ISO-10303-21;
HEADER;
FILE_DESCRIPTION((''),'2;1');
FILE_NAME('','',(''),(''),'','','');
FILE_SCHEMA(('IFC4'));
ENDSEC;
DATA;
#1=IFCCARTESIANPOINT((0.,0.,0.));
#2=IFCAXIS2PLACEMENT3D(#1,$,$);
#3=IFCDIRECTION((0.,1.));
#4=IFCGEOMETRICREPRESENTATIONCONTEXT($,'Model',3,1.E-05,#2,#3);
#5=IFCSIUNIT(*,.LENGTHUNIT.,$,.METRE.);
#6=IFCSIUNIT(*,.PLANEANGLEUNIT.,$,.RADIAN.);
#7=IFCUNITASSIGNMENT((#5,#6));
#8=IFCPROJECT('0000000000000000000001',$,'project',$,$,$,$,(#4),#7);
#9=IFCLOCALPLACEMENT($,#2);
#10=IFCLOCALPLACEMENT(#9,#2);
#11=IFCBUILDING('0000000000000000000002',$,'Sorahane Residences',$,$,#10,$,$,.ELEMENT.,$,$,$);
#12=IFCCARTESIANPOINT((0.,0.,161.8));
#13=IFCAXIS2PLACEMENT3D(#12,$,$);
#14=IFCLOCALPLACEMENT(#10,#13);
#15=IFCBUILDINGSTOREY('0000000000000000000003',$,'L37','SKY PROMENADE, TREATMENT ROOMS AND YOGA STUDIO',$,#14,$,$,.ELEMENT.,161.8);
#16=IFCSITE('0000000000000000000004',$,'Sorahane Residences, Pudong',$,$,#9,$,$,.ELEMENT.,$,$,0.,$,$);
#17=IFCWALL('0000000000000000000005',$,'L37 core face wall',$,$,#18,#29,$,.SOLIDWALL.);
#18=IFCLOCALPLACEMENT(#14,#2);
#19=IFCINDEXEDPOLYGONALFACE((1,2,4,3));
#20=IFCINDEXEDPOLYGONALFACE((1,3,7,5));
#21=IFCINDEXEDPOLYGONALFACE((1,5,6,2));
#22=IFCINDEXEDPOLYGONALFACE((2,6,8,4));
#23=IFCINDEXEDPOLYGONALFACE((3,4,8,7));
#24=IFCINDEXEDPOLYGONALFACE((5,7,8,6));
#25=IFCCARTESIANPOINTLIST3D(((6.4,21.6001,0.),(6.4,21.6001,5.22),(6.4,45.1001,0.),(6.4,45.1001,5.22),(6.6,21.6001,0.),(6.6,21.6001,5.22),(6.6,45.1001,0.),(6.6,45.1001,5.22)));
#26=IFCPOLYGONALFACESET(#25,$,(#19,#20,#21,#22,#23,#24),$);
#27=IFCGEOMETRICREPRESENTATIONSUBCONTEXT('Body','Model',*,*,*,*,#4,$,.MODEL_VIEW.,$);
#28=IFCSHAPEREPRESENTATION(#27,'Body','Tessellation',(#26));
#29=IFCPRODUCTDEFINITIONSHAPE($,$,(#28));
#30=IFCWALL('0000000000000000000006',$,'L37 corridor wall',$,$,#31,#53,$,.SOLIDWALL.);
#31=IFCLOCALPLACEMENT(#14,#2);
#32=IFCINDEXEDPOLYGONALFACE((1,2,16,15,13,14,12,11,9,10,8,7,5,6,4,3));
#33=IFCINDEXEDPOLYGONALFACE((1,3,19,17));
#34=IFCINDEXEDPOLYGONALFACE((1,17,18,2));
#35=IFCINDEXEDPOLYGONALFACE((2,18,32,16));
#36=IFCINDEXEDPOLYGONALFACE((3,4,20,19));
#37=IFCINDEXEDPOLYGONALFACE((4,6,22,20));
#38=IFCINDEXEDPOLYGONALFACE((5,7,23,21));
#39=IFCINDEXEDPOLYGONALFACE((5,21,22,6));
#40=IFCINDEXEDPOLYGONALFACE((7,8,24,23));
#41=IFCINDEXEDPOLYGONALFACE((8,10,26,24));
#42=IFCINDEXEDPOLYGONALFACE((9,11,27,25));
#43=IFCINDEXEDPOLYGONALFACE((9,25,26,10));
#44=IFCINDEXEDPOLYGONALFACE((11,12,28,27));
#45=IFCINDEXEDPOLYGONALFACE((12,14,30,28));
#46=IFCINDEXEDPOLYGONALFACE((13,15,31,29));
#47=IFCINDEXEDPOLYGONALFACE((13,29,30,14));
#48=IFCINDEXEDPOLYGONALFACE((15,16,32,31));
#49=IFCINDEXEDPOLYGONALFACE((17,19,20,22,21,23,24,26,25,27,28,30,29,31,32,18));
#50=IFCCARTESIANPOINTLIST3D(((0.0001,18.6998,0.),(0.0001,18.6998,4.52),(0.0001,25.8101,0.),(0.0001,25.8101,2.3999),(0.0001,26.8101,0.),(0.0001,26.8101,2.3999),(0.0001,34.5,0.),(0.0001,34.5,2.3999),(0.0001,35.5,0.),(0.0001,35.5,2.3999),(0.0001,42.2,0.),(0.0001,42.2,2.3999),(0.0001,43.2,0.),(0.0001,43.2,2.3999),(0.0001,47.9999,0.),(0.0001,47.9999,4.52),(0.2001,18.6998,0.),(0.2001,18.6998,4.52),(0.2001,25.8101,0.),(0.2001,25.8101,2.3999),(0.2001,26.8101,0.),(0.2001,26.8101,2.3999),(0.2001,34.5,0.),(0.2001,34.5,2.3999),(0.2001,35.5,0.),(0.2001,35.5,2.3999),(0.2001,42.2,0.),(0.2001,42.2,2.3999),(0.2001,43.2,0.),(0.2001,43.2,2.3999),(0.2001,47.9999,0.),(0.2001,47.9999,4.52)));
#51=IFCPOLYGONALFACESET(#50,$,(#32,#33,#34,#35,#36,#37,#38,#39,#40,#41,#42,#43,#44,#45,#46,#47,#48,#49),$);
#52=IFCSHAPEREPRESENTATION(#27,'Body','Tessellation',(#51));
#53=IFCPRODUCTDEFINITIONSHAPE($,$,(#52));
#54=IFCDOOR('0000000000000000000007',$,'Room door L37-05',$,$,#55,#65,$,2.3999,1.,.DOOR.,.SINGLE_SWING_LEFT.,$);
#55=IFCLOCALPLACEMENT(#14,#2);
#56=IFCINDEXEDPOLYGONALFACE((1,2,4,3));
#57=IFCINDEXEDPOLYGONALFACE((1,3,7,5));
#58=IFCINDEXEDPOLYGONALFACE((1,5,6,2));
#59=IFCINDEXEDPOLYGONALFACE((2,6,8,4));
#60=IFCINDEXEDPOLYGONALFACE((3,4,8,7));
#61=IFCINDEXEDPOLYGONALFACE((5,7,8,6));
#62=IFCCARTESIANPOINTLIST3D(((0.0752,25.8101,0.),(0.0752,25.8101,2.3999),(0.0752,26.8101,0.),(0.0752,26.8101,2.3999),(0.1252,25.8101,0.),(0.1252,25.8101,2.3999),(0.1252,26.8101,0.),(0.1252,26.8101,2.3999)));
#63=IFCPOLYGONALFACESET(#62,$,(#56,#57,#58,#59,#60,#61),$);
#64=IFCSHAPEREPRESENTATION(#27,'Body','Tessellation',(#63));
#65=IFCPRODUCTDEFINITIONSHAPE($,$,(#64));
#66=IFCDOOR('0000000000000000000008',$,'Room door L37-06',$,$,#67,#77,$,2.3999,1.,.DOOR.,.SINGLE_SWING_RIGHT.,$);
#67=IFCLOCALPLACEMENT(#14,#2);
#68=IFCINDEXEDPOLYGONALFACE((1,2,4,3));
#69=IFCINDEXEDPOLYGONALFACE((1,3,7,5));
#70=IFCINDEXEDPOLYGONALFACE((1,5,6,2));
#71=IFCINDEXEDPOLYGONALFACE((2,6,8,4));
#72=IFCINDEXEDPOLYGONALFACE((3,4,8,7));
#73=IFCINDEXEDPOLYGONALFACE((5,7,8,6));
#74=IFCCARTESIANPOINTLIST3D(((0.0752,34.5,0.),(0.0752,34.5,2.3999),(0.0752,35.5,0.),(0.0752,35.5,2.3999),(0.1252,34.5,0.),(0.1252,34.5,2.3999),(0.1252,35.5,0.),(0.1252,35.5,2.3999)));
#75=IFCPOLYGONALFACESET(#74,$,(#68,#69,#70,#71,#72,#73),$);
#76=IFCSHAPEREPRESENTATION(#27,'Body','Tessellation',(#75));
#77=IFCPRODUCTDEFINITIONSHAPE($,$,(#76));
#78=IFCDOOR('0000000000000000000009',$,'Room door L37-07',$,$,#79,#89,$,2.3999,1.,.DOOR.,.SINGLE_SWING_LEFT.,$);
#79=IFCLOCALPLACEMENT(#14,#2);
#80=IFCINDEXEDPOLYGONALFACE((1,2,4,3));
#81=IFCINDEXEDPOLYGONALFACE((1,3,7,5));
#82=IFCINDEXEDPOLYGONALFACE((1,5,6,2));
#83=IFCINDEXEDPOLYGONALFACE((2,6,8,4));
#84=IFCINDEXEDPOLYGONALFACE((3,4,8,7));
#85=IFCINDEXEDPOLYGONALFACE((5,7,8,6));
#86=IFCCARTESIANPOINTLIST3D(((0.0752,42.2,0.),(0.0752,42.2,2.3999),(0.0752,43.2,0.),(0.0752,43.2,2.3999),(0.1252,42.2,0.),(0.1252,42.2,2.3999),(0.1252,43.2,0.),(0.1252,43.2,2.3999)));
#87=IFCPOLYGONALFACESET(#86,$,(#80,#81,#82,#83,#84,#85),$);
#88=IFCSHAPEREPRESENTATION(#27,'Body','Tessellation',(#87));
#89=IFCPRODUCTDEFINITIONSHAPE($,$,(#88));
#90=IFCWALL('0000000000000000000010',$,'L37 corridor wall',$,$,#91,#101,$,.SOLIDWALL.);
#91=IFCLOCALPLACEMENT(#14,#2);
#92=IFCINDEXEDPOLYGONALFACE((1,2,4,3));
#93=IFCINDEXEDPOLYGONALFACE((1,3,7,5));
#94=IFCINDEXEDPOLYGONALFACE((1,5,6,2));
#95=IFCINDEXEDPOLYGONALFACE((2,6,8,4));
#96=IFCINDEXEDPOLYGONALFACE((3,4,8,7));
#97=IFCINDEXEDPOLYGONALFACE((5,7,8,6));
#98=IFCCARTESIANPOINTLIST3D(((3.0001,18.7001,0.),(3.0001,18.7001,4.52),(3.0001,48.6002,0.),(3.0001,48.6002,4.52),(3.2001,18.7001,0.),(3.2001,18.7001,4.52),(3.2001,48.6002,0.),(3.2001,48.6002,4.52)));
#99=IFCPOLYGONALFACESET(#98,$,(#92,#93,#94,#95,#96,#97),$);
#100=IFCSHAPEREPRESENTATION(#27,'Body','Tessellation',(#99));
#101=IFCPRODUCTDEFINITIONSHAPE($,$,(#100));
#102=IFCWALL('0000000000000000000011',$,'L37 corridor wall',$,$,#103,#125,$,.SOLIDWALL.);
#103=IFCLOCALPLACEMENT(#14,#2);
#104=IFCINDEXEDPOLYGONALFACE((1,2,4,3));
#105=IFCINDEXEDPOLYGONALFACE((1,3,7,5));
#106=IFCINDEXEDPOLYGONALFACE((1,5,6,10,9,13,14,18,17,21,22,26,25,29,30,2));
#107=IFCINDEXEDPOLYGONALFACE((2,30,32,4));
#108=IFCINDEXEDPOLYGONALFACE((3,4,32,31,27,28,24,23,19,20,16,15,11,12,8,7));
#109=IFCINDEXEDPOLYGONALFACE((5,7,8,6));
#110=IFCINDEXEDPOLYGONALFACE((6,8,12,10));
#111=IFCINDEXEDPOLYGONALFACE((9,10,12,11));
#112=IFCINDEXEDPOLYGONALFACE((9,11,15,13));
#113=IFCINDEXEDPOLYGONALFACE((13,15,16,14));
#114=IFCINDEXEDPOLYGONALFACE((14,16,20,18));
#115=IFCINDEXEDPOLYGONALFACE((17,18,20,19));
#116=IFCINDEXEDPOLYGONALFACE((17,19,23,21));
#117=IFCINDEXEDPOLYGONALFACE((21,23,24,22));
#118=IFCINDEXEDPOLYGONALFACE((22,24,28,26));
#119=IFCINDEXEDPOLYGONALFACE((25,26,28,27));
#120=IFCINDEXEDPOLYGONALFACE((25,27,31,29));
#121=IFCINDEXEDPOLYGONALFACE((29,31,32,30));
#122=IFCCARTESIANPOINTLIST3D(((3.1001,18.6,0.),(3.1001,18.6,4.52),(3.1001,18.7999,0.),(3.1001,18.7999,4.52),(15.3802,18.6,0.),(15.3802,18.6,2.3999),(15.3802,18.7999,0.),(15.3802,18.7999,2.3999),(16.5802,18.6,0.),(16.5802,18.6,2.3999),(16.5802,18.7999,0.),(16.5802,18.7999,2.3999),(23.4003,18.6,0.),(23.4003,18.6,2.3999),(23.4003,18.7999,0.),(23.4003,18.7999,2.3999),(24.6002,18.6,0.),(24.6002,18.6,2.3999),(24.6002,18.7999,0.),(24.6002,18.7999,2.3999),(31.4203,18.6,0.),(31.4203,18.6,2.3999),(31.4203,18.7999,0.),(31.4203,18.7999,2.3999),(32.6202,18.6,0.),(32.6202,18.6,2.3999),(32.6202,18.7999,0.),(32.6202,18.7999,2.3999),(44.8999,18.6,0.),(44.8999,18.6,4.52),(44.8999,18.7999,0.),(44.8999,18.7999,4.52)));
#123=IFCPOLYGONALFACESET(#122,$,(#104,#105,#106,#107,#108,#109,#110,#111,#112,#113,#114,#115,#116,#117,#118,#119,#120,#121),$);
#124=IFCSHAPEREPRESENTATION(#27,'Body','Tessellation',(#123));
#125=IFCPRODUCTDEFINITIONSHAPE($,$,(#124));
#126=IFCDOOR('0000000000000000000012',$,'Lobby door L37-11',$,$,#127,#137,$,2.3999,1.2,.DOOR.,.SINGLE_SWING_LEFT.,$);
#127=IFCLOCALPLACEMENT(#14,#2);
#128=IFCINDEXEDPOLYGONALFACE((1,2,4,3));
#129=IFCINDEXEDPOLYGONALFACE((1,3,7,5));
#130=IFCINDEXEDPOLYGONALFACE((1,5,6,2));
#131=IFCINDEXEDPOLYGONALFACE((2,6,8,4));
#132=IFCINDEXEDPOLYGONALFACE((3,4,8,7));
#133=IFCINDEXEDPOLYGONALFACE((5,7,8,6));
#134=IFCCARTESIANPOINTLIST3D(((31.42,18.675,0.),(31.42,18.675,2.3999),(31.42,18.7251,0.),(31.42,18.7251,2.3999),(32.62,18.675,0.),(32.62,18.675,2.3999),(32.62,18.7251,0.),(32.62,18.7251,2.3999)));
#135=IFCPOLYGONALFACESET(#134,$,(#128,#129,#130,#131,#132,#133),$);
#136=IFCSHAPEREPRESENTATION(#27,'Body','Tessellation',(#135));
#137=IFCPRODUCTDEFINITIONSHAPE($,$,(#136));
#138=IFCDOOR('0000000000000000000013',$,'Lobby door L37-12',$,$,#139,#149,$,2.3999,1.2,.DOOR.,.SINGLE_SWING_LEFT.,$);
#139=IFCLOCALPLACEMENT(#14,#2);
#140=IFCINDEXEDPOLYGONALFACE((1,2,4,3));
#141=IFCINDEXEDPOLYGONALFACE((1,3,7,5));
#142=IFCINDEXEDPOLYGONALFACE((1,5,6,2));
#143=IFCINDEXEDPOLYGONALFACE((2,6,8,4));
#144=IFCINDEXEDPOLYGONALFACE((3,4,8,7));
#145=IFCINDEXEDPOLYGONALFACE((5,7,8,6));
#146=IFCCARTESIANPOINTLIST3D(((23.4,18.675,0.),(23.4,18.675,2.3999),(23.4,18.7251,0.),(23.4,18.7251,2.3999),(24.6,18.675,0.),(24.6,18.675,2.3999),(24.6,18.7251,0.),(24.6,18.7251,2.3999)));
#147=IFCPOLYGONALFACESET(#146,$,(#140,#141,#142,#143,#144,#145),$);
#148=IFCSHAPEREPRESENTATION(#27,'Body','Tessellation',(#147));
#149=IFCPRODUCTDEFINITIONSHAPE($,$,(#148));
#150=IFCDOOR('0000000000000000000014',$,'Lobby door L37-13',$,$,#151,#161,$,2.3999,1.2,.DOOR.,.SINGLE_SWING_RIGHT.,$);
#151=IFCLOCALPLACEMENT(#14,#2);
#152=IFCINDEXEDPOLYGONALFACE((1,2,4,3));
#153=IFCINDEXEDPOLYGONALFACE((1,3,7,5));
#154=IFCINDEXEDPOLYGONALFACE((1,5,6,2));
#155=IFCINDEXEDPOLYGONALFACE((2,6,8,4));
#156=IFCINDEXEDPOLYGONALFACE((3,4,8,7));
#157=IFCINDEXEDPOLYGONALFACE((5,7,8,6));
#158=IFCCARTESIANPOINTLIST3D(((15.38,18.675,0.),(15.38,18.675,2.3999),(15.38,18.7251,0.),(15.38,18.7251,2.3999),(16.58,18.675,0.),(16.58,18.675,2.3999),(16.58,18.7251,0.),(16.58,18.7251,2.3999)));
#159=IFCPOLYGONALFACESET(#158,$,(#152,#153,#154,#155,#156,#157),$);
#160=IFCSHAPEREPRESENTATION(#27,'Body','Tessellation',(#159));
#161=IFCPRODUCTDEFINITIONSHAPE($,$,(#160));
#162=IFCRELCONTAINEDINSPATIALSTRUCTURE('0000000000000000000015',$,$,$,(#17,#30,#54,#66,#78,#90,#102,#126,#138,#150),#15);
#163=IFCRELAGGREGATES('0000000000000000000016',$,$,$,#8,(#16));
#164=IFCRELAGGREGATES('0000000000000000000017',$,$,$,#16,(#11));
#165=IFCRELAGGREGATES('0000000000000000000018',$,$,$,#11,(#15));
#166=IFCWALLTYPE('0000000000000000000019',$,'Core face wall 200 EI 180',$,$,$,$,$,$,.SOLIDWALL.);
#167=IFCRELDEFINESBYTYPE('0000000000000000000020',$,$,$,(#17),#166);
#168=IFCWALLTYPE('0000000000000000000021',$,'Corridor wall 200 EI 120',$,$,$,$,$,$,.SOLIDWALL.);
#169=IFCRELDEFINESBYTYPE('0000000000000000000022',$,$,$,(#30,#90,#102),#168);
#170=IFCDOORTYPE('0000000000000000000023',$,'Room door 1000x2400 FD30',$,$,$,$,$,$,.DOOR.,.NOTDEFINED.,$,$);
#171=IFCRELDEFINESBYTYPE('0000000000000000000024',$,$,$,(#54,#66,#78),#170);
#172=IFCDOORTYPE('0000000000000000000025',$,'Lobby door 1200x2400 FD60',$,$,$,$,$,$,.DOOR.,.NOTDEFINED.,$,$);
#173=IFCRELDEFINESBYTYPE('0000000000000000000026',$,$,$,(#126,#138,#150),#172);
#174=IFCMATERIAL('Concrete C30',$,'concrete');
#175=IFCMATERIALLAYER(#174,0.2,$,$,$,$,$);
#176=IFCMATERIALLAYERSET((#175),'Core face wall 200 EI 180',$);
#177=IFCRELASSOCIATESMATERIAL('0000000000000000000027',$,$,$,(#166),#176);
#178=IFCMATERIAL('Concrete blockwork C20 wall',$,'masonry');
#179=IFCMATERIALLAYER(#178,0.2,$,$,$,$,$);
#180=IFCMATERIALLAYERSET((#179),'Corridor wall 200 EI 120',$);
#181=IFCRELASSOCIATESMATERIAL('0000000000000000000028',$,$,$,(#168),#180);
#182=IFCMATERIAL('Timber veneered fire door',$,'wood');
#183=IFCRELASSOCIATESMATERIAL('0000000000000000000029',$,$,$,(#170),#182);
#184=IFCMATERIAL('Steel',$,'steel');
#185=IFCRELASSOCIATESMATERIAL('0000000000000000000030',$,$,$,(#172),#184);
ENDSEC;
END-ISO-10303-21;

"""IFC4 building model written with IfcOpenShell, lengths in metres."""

from ifc_helpers import new_model, si_unit, direction, frame, frame_2d, origin, place, context, subcontext, project, spatial, rectangle, extrude, material, layer, layer_set, type_object, element, fill, save


model = new_model("IFC4")

# Units and contexts
model_context = context("Model", 3, precision=1e-05, world=origin(), true_north=direction((0.0, 1.0)))
body_context = subcontext(model_context, "Body", "Model", "MODEL_VIEW")
ifc_project = project(units=[si_unit("LENGTHUNIT", "METRE"), si_unit("PLANEANGLEUNIT", "RADIAN")], contexts=[model_context])

# Site, building, storey
site_placement = place(None, origin())
site = spatial("IfcSite", under=ifc_project, at=site_placement, Name="Sorahane Residences, Pudong", CompositionType="ELEMENT", RefElevation=0.0)
building_placement = place(site_placement, origin())
building = spatial("IfcBuilding", under=site, at=building_placement, Name="Sorahane Residences", CompositionType="ELEMENT")
storey_placement = place(building_placement, frame((0.0, 0.0, 161.8)))
storey = spatial("IfcBuildingStorey", under=building, at=storey_placement, Name="L37", Description="SKY PROMENADE, TREATMENT ROOMS AND YOGA STUDIO", CompositionType="ELEMENT", Elevation=161.8)

# Wall
ifc_material_1 = material(Name="Concrete C30", Category="concrete")
ifc_layer_1 = layer(ifc_material_1, 0.2)
ifc_layer_set_1 = layer_set([ifc_layer_1], Name="Core face wall 200 EI 180")
wall_type_1 = type_object("IfcWallType", Name="Core face wall 200 EI 180", PredefinedType="SOLIDWALL", material=ifc_layer_set_1)
wall_1_placement = place(storey_placement, frame((6.5, 21.6001, 0.0), z_axis=(0.0, 0.0, 1.0), x_axis=(0.0, 1.0, 0.0)))
element("IfcWall", 1, at=wall_1_placement, inside=storey, type_object=wall_type_1, Name="L37 core face wall", PredefinedType="SOLIDWALL", context=body_context, shape_type="SweptSolid", body=[
    extrude(rectangle(XDim=23.5, YDim=0.2, at=frame_2d((11.75, 0.0))), origin(), (0.0, 0.0, 1.0), 5.22),
])

# Wall, openings, doors
ifc_material_2 = material(Name="Concrete blockwork C20 wall", Category="masonry")
ifc_layer_2 = layer(ifc_material_2, 0.2)
ifc_layer_set_2 = layer_set([ifc_layer_2], Name="Corridor wall 200 EI 120")
wall_type_2 = type_object("IfcWallType", Name="Corridor wall 200 EI 120", PredefinedType="SOLIDWALL", material=ifc_layer_set_2)
wall_2_placement = place(storey_placement, frame((0.1001, 18.7, 0.0), z_axis=(0.0, 0.0, 1.0), x_axis=(0.0, 1.0, 0.0)))
wall_2 = element("IfcWall", 2, at=wall_2_placement, inside=storey, type_object=wall_type_2, Name="L37 corridor wall", PredefinedType="SOLIDWALL", context=body_context, shape_type="SweptSolid", body=[
    extrude(rectangle(XDim=29.3, YDim=0.2, at=frame_2d((14.6499, 0.0))), origin(), (0.0, 0.0, 1.0), 4.52),
])
opening_1_placement = place(wall_2_placement, frame((7.1101, 0.0, 0.0)))
opening_1 = element("IfcOpeningElement", 3, at=opening_1_placement, cuts=wall_2, PredefinedType="OPENING", context=body_context, shape_type="SweptSolid", body=[
    extrude(rectangle(XDim=1.0, YDim=2.3999, at=frame_2d((0.5, 1.2))), frame((0.0, 0.1099, 0.0), z_axis=(0.0, -1.0, 0.0), x_axis=(1.0, 0.0, 0.0)), (0.0, 0.0, 1.0), 0.22),
])
opening_2_placement = place(wall_2_placement, frame((15.8, 0.0, 0.0)))
opening_2 = element("IfcOpeningElement", 4, at=opening_2_placement, cuts=wall_2, PredefinedType="OPENING", context=body_context, shape_type="SweptSolid", body=[
    extrude(rectangle(XDim=1.0, YDim=2.3999, at=frame_2d((0.5, 1.2))), frame((0.0, 0.1099, 0.0), z_axis=(0.0, -1.0, 0.0), x_axis=(1.0, 0.0, 0.0)), (0.0, 0.0, 1.0), 0.22),
])
opening_3_placement = place(wall_2_placement, frame((23.5, 0.0, 0.0)))
opening_3 = element("IfcOpeningElement", 5, at=opening_3_placement, cuts=wall_2, PredefinedType="OPENING", context=body_context, shape_type="SweptSolid", body=[
    extrude(rectangle(XDim=1.0, YDim=2.3999, at=frame_2d((0.5, 1.2))), frame((0.0, 0.1099, 0.0), z_axis=(0.0, -1.0, 0.0), x_axis=(1.0, 0.0, 0.0)), (0.0, 0.0, 1.0), 0.22),
])
ifc_material_3 = material(Name="Timber veneered fire door", Category="wood")
door_type_1 = type_object("IfcDoorType", Name="Room door 1000x2400 FD30", OperationType="NOTDEFINED", PredefinedType="DOOR", material=ifc_material_3)
door_1_placement = place(opening_1_placement, origin())
door_1 = element("IfcDoor", 6, at=door_1_placement, inside=storey, type_object=door_type_1, Name="Room door L37-05", OperationType="SINGLE_SWING_LEFT", OverallHeight=2.3999, OverallWidth=1.0, PredefinedType="DOOR", context=body_context, shape_type="SweptSolid", body=[
    extrude(rectangle(XDim=1.0, YDim=2.3999, at=frame_2d((0.5, 1.2))), frame((0.0, 0.0249, 0.0), z_axis=(0.0, -1.0, 0.0), x_axis=(1.0, 0.0, 0.0)), (0.0, 0.0, 1.0), 0.05),
])
fill(opening_1, door_1)
door_2_placement = place(opening_2_placement, origin())
door_2 = element("IfcDoor", 7, at=door_2_placement, inside=storey, type_object=door_type_1, Name="Room door L37-06", OperationType="SINGLE_SWING_RIGHT", OverallHeight=2.3999, OverallWidth=1.0, PredefinedType="DOOR", context=body_context, shape_type="SweptSolid", body=[
    extrude(rectangle(XDim=1.0, YDim=2.3999, at=frame_2d((0.5, 1.2))), frame((0.0, 0.0249, 0.0), z_axis=(0.0, -1.0, 0.0), x_axis=(1.0, 0.0, 0.0)), (0.0, 0.0, 1.0), 0.05),
])
fill(opening_2, door_2)
door_3_placement = place(opening_3_placement, origin())
door_3 = element("IfcDoor", 8, at=door_3_placement, inside=storey, type_object=door_type_1, Name="Room door L37-07", OperationType="SINGLE_SWING_LEFT", OverallHeight=2.3999, OverallWidth=1.0, PredefinedType="DOOR", context=body_context, shape_type="SweptSolid", body=[
    extrude(rectangle(XDim=1.0, YDim=2.3999, at=frame_2d((0.5, 1.2))), frame((0.0, 0.0249, 0.0), z_axis=(0.0, -1.0, 0.0), x_axis=(1.0, 0.0, 0.0)), (0.0, 0.0, 1.0), 0.05),
])
fill(opening_3, door_3)

# Wall
wall_3_placement = place(storey_placement, frame((3.1001, 18.7, 0.0), z_axis=(0.0, 0.0, 1.0), x_axis=(0.0, 1.0, 0.0)))
element("IfcWall", 9, at=wall_3_placement, inside=storey, type_object=wall_type_2, Name="L37 corridor wall", PredefinedType="SOLIDWALL", context=body_context, shape_type="SweptSolid", body=[
    extrude(rectangle(XDim=29.9001, YDim=0.2, at=frame_2d((14.9502, 0.0))), origin(), (0.0, 0.0, 1.0), 4.52),
])

# Wall, openings, doors
wall_4_placement = place(storey_placement, frame((3.1001, 18.7, 0.0), z_axis=(0.0, 0.0, 1.0), x_axis=(1.0, 0.0, 0.0)))
wall_4 = element("IfcWall", 10, at=wall_4_placement, inside=storey, type_object=wall_type_2, Name="L37 corridor wall", PredefinedType="SOLIDWALL", context=body_context, shape_type="SweptSolid", body=[
    extrude(rectangle(XDim=41.7998, YDim=0.2, at=frame_2d((20.8999, 0.0))), origin(), (0.0, 0.0, 1.0), 4.52),
])
opening_4_placement = place(wall_4_placement, frame((28.3201, 0.0, 0.0)))
opening_4 = element("IfcOpeningElement", 11, at=opening_4_placement, cuts=wall_4, PredefinedType="OPENING", context=body_context, shape_type="SweptSolid", body=[
    extrude(rectangle(XDim=1.2, YDim=2.3999, at=frame_2d((0.6001, 1.2))), frame((0.0, 0.1099, 0.0), z_axis=(0.0, -1.0, 0.0), x_axis=(1.0, 0.0, 0.0)), (0.0, 0.0, 1.0), 0.22),
])
opening_5_placement = place(wall_4_placement, frame((20.3, 0.0, 0.0)))
opening_5 = element("IfcOpeningElement", 12, at=opening_5_placement, cuts=wall_4, PredefinedType="OPENING", context=body_context, shape_type="SweptSolid", body=[
    extrude(rectangle(XDim=1.2, YDim=2.3999, at=frame_2d((0.6001, 1.2))), frame((0.0, 0.1099, 0.0), z_axis=(0.0, -1.0, 0.0), x_axis=(1.0, 0.0, 0.0)), (0.0, 0.0, 1.0), 0.22),
])
opening_6_placement = place(wall_4_placement, frame((12.28, 0.0, 0.0)))
opening_6 = element("IfcOpeningElement", 13, at=opening_6_placement, cuts=wall_4, PredefinedType="OPENING", context=body_context, shape_type="SweptSolid", body=[
    extrude(rectangle(XDim=1.2, YDim=2.3999, at=frame_2d((0.6001, 1.2))), frame((0.0, 0.1099, 0.0), z_axis=(0.0, -1.0, 0.0), x_axis=(1.0, 0.0, 0.0)), (0.0, 0.0, 1.0), 0.22),
])
ifc_material_4 = material(Name="Steel", Category="steel")
door_type_2 = type_object("IfcDoorType", Name="Lobby door 1200x2400 FD60", OperationType="NOTDEFINED", PredefinedType="DOOR", material=ifc_material_4)
door_4_placement = place(opening_4_placement, frame((1.2, 0.0, 0.0), z_axis=(0.0, 0.0, 1.0), x_axis=(-1.0, 0.0, 0.0)))
door_4 = element("IfcDoor", 14, at=door_4_placement, inside=storey, type_object=door_type_2, Name="Lobby door L37-11", OperationType="SINGLE_SWING_LEFT", OverallHeight=2.3999, OverallWidth=1.2, PredefinedType="DOOR", context=body_context, shape_type="SweptSolid", body=[
    extrude(rectangle(XDim=1.2, YDim=2.3999, at=frame_2d((0.6001, 1.2))), frame((0.0, 0.0249, 0.0), z_axis=(0.0, -1.0, 0.0), x_axis=(1.0, 0.0, 0.0)), (0.0, 0.0, 1.0), 0.05),
])
fill(opening_4, door_4)
door_5_placement = place(opening_5_placement, frame((1.2, 0.0, 0.0), z_axis=(0.0, 0.0, 1.0), x_axis=(-1.0, 0.0, 0.0)))
door_5 = element("IfcDoor", 15, at=door_5_placement, inside=storey, type_object=door_type_2, Name="Lobby door L37-12", OperationType="SINGLE_SWING_LEFT", OverallHeight=2.3999, OverallWidth=1.2, PredefinedType="DOOR", context=body_context, shape_type="SweptSolid", body=[
    extrude(rectangle(XDim=1.2, YDim=2.3999, at=frame_2d((0.6001, 1.2))), frame((0.0, 0.0249, 0.0), z_axis=(0.0, -1.0, 0.0), x_axis=(1.0, 0.0, 0.0)), (0.0, 0.0, 1.0), 0.05),
])
fill(opening_5, door_5)
door_6_placement = place(opening_6_placement, frame((1.2, 0.0, 0.0), z_axis=(0.0, 0.0, 1.0), x_axis=(-1.0, 0.0, 0.0)))
door_6 = element("IfcDoor", 16, at=door_6_placement, inside=storey, type_object=door_type_2, Name="Lobby door L37-13", OperationType="SINGLE_SWING_RIGHT", OverallHeight=2.3999, OverallWidth=1.2, PredefinedType="DOOR", context=body_context, shape_type="SweptSolid", body=[
    extrude(rectangle(XDim=1.2, YDim=2.3999, at=frame_2d((0.6001, 1.2))), frame((0.0, 0.0249, 0.0), z_axis=(0.0, -1.0, 0.0), x_axis=(1.0, 0.0, 0.0)), (0.0, 0.0, 1.0), 0.05),
])
fill(opening_6, door_6)

save(model, "model.ifc")
